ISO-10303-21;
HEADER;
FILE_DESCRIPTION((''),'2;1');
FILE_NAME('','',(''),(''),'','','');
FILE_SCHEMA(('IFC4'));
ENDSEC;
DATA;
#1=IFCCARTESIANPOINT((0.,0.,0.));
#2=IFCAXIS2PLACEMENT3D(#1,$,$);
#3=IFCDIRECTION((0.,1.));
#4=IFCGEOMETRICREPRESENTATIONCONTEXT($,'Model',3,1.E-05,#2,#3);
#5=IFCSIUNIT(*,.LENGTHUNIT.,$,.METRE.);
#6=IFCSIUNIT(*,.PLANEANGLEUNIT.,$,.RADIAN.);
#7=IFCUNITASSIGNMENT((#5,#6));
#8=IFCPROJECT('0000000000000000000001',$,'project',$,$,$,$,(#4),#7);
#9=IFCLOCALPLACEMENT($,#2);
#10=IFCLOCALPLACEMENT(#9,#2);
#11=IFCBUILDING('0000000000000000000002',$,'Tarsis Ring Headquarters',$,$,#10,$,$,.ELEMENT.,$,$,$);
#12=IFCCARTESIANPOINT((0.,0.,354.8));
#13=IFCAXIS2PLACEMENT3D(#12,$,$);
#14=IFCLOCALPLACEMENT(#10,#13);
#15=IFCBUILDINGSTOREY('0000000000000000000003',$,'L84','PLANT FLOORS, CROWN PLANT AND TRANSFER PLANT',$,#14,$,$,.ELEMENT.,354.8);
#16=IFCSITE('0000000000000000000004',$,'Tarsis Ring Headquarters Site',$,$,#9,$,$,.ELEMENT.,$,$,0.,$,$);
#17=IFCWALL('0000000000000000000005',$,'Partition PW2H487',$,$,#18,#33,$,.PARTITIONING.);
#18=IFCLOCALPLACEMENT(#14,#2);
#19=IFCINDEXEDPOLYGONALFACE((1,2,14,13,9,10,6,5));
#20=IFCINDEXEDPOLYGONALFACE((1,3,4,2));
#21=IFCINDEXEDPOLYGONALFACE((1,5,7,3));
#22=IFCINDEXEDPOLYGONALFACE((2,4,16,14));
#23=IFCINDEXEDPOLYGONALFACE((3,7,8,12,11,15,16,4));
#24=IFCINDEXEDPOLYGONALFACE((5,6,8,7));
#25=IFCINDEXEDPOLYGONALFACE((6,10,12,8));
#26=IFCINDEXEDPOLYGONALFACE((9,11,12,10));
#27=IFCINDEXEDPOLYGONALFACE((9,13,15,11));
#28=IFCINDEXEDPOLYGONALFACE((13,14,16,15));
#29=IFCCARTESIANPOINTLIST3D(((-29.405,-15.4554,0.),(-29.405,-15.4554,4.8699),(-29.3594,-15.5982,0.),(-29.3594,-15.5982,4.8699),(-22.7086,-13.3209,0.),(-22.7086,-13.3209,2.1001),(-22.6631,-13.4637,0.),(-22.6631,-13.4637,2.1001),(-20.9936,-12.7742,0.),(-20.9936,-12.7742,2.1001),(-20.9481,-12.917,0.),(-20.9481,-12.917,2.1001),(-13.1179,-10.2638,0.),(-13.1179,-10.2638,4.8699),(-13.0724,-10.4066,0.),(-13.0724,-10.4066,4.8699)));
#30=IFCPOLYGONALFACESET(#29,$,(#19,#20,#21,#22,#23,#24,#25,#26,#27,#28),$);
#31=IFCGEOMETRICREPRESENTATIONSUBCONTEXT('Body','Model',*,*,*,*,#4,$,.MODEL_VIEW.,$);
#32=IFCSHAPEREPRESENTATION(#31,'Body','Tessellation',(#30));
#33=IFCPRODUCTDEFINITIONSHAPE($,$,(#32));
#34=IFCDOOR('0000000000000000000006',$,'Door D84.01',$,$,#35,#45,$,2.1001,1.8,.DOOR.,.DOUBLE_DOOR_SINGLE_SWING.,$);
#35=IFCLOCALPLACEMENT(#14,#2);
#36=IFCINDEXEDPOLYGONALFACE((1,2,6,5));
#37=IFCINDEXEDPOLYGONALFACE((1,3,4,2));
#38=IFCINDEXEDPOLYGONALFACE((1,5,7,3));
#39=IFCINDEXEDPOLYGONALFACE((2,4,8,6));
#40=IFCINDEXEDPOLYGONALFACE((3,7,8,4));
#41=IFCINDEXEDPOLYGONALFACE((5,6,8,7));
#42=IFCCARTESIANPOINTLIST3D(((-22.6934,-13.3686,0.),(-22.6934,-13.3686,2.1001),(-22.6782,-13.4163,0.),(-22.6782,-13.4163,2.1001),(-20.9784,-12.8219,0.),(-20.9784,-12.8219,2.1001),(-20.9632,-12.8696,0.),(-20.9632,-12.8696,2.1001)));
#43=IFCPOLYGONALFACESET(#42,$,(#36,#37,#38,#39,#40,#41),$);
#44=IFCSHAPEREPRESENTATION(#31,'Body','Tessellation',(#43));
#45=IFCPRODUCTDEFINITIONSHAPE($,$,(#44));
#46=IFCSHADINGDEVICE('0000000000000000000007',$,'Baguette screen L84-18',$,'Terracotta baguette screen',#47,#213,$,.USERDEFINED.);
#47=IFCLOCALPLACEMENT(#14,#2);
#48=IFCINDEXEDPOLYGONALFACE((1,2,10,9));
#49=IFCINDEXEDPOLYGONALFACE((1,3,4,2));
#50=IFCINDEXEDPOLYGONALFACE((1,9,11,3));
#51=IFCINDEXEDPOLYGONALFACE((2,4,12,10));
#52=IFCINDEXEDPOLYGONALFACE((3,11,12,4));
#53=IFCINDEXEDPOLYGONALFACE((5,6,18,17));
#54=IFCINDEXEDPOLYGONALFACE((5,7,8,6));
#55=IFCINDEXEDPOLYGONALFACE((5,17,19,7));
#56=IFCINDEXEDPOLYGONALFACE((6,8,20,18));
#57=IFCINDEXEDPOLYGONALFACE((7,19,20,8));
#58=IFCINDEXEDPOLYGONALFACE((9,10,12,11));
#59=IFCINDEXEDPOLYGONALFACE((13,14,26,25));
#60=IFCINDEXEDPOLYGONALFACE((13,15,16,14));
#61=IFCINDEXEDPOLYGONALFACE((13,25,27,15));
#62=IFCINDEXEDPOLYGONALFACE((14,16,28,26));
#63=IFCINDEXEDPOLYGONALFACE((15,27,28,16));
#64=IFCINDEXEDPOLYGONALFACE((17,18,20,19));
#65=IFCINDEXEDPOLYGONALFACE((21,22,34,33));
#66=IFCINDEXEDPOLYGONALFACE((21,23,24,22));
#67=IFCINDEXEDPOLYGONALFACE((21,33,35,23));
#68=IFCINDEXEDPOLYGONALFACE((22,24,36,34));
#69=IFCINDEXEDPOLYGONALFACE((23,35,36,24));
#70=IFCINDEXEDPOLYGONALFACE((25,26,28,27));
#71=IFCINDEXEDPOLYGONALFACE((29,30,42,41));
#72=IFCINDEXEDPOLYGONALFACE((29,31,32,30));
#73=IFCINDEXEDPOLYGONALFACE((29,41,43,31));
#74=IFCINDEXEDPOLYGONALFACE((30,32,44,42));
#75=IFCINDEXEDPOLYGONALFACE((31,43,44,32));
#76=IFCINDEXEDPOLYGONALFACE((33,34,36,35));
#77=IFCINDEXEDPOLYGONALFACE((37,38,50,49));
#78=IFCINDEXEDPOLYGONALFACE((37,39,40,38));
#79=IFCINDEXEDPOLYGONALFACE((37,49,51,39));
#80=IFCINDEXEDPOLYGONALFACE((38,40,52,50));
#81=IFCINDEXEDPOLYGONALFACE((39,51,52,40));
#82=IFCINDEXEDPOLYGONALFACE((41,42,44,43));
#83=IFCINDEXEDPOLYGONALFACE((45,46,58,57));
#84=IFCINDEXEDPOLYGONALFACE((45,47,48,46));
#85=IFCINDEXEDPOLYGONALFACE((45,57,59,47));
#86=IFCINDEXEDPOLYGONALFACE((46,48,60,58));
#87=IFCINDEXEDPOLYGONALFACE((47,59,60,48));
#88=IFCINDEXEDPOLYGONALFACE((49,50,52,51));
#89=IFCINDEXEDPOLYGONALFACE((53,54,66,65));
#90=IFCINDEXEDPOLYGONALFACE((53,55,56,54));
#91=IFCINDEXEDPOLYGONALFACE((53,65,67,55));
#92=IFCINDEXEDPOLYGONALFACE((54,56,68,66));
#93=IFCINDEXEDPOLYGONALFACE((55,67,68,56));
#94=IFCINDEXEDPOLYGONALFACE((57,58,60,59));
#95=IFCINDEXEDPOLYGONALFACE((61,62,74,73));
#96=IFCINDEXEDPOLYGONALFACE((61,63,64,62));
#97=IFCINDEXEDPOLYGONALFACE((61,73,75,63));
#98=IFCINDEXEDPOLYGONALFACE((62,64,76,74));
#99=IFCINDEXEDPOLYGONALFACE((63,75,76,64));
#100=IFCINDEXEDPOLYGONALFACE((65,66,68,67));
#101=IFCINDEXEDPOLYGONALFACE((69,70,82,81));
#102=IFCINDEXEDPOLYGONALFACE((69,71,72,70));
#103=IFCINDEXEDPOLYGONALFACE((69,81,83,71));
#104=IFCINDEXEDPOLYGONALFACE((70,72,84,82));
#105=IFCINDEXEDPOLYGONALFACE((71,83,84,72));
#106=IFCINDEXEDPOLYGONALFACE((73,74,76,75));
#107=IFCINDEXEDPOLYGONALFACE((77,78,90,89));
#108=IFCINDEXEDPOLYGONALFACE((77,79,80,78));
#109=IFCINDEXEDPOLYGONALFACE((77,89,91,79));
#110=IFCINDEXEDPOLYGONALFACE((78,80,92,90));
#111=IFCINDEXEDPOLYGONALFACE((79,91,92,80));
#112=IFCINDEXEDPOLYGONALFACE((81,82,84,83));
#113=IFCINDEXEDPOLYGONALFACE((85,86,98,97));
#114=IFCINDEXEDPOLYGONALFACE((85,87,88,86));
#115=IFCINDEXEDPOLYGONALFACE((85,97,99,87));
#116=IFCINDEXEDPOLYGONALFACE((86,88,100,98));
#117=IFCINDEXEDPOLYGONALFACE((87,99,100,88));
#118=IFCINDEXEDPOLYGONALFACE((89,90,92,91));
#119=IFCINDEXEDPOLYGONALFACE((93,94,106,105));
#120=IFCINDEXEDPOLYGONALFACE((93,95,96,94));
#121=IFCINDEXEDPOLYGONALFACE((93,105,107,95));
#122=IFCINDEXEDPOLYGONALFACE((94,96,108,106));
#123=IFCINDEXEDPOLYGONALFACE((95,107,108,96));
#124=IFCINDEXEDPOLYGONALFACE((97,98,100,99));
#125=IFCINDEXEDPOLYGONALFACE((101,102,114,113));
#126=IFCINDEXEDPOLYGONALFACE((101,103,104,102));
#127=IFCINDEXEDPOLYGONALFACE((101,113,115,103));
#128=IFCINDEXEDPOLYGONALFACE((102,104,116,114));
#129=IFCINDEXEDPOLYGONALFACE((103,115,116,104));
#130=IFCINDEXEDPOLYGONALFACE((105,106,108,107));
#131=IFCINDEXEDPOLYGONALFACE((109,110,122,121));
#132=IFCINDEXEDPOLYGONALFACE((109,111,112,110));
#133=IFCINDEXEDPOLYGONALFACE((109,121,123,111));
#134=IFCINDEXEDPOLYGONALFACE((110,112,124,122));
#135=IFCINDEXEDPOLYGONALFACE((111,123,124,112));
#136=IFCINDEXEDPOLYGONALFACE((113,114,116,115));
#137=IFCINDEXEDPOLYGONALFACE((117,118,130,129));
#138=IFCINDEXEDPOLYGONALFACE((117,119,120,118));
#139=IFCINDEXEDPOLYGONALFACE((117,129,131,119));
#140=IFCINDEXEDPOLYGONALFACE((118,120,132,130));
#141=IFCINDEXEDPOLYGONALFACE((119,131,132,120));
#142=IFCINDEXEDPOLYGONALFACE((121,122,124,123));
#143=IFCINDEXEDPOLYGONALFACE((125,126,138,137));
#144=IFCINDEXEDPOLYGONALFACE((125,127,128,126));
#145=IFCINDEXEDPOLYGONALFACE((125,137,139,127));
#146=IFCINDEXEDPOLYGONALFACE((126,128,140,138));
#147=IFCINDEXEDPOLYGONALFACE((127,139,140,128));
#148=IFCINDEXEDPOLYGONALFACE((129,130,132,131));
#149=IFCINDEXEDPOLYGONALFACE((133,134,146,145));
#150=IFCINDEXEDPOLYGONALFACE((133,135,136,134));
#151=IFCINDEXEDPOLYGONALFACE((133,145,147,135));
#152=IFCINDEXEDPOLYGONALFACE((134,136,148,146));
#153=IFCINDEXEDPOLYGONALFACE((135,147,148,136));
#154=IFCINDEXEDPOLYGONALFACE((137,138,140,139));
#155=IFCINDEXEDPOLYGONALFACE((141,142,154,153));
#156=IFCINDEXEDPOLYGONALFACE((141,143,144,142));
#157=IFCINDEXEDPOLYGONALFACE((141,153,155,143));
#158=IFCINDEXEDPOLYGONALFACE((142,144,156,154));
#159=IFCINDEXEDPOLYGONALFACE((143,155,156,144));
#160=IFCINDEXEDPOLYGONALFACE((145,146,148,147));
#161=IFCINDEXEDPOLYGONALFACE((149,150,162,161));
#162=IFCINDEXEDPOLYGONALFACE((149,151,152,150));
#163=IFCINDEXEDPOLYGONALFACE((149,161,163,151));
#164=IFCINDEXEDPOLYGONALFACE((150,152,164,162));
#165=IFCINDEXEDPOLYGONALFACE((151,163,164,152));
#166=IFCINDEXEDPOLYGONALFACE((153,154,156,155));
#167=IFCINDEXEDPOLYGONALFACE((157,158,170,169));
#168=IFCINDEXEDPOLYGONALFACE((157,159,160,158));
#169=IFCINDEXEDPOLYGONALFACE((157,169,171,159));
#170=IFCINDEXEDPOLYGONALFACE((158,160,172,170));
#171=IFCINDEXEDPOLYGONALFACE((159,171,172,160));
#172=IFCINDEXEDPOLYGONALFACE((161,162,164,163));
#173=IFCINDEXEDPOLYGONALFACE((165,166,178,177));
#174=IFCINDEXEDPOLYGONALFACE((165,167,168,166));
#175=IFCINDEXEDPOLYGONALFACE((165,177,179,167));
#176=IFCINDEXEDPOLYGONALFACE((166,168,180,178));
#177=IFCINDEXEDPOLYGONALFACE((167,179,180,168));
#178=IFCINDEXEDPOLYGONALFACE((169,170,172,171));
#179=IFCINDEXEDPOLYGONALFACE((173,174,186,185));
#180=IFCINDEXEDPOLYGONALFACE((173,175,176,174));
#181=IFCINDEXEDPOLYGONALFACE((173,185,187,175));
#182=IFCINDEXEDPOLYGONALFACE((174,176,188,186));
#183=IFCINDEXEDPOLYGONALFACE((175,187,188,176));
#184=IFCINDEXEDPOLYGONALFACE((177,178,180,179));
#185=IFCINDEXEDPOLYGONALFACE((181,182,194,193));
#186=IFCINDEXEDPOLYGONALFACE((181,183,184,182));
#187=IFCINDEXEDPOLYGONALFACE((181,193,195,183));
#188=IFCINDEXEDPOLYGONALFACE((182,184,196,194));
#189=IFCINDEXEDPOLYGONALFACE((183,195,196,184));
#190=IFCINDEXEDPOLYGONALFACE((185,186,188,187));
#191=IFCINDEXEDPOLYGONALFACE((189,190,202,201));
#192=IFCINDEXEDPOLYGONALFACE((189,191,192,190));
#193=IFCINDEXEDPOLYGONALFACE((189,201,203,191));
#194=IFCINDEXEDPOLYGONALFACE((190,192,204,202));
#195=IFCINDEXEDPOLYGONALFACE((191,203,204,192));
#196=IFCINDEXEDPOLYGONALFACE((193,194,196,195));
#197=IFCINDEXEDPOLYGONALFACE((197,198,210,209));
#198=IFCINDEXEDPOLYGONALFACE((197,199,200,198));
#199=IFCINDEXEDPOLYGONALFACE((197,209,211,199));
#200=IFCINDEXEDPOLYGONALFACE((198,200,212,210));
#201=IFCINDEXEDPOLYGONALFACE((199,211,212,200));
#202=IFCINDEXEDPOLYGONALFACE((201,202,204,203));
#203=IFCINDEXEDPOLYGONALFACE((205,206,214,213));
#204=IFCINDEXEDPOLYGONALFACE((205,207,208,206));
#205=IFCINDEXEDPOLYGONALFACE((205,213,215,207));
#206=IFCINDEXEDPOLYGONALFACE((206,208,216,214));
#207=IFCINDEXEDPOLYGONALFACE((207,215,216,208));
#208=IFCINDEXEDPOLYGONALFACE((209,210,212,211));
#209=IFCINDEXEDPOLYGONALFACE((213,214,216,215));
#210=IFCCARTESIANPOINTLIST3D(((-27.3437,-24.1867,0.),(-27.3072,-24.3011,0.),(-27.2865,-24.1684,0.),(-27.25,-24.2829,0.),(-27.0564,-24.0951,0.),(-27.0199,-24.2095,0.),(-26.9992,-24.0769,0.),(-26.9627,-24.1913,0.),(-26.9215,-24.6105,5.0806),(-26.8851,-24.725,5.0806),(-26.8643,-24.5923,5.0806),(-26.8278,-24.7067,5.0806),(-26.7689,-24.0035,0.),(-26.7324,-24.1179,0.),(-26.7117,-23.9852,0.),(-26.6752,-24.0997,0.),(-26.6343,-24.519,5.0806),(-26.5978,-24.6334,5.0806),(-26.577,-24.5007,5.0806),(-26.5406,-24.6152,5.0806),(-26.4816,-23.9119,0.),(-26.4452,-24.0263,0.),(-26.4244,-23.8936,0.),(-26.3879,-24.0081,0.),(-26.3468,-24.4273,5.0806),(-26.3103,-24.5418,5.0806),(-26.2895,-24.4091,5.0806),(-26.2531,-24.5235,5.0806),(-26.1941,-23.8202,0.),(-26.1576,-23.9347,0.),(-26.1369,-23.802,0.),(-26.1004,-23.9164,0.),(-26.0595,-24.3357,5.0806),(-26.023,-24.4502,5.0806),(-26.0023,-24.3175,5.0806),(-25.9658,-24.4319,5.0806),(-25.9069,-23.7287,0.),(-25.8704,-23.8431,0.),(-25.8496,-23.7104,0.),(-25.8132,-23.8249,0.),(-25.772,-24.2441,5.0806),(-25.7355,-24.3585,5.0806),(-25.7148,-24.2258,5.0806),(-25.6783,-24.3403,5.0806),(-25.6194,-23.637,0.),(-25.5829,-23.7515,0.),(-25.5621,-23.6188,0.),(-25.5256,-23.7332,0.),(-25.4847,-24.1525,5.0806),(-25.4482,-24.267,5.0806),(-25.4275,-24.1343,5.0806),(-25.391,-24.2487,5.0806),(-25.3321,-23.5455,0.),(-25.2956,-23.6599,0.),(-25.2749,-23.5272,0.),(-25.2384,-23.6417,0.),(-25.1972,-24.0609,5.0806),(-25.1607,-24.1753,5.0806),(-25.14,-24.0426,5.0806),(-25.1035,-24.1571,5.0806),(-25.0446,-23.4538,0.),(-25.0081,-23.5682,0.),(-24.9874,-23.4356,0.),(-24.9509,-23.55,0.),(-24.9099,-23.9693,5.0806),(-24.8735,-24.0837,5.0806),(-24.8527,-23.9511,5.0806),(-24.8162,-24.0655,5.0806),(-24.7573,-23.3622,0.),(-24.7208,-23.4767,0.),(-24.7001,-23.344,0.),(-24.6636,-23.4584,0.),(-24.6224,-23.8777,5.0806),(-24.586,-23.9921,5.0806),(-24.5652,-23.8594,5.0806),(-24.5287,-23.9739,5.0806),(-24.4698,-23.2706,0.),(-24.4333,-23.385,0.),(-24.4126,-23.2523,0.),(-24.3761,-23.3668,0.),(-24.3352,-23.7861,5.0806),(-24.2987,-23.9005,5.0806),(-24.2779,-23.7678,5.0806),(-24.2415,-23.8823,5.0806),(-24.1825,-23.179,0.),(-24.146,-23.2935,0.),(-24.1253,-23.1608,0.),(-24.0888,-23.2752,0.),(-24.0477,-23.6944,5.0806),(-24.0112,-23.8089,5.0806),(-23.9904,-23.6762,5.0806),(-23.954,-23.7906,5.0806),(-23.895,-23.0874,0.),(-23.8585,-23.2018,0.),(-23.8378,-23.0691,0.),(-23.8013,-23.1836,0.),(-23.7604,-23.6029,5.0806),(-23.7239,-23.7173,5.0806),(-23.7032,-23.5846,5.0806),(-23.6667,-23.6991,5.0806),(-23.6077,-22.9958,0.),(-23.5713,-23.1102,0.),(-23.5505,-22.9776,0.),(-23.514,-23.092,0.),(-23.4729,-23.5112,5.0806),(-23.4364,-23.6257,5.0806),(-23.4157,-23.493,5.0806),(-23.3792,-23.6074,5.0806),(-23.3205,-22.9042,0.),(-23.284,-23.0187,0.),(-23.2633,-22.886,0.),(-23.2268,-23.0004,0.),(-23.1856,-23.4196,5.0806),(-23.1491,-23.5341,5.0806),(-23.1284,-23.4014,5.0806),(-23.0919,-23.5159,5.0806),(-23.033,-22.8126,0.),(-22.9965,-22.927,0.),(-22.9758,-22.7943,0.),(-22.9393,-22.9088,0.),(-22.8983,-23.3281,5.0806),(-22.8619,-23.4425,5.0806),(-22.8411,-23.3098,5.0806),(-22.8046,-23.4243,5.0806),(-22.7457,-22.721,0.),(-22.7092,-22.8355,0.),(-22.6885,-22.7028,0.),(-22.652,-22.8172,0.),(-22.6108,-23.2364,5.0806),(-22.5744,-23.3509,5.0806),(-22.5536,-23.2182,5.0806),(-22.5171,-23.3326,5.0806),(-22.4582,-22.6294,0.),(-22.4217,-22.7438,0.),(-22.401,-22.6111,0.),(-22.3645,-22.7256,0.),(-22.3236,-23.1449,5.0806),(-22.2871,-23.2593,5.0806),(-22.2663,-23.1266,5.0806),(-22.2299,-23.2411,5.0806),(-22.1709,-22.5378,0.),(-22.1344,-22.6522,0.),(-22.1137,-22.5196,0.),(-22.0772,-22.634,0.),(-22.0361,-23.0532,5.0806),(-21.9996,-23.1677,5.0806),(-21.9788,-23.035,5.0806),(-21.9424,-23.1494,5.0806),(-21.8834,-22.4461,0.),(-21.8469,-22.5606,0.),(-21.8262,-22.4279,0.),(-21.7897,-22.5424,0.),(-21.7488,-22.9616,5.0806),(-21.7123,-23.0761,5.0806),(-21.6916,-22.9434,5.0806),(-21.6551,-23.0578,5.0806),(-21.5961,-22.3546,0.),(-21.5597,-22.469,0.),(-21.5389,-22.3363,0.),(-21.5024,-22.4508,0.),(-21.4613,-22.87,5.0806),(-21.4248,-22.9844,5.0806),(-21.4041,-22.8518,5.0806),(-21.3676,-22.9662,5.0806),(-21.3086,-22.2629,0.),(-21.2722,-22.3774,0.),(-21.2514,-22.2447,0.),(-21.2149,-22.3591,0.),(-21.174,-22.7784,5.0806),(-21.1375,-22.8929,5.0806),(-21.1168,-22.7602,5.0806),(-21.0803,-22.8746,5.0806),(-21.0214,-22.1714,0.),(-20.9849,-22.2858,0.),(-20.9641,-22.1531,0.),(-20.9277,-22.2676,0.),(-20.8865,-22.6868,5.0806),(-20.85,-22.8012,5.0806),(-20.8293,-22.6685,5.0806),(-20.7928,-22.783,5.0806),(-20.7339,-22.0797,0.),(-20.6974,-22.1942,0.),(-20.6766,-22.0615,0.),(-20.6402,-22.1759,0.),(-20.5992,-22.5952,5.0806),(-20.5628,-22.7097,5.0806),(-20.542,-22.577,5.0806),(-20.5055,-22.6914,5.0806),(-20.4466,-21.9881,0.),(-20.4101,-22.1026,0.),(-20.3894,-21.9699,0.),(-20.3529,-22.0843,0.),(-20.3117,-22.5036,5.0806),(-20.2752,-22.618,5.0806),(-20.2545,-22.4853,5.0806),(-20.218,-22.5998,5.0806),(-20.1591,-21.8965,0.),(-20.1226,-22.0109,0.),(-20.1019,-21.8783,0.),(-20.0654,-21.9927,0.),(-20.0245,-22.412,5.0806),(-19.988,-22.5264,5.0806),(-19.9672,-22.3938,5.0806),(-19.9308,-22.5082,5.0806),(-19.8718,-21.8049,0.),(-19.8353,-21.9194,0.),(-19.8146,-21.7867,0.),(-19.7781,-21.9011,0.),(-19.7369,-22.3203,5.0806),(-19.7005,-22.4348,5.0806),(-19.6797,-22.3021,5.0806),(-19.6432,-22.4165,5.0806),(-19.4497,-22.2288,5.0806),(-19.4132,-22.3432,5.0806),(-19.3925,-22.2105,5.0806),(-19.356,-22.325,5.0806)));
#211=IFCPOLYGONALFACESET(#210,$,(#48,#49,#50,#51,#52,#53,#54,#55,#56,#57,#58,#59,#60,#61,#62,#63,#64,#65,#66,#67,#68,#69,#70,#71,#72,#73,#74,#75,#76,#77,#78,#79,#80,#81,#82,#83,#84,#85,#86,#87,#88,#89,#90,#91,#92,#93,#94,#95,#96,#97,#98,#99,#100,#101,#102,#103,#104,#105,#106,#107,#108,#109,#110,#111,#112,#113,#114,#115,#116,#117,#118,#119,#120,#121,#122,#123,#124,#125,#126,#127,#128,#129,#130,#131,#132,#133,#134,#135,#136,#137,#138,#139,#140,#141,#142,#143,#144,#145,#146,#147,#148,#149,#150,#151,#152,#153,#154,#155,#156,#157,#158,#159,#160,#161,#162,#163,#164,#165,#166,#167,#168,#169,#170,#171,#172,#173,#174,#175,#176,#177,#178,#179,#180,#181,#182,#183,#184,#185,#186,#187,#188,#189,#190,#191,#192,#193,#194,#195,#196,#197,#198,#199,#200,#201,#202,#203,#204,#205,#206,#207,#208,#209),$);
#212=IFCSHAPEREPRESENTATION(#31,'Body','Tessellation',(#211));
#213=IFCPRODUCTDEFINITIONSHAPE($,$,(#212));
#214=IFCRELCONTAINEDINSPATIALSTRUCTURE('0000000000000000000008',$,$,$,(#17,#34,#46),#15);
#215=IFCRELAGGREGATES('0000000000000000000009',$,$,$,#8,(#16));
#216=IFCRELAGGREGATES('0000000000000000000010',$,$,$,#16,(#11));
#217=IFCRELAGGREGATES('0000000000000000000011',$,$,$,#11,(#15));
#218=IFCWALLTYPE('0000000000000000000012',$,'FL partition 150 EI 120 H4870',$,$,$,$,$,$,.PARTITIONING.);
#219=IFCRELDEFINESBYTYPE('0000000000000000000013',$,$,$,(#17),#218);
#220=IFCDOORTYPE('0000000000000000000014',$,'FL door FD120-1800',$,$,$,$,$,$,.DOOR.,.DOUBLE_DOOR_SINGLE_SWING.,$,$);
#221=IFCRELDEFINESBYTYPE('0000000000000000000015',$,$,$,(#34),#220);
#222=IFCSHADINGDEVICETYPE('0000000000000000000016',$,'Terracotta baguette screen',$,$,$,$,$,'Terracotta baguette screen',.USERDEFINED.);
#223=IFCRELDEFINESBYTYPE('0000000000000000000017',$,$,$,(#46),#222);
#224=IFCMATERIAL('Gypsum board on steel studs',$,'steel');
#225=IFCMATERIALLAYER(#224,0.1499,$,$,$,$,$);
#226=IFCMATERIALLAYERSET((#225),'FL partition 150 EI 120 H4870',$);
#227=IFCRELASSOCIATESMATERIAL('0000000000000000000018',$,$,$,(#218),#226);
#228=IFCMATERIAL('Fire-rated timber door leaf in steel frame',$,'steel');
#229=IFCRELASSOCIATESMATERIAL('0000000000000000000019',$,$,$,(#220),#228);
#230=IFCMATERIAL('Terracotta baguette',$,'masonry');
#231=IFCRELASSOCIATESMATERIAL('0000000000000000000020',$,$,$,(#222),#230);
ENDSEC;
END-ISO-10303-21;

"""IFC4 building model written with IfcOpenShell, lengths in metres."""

from ifc_helpers import new_model, si_unit, direction, frame, frame_2d, origin, place, context, subcontext, project, spatial, rectangle, composite_profile, extrude, material, layer, layer_set, type_object, element, fill, save


model = new_model("IFC4")

# Units and contexts
model_context = context("Model", 3, precision=1e-05, world=origin(), true_north=direction((0.0, 1.0)))
body_context = subcontext(model_context, "Body", "Model", "MODEL_VIEW")
ifc_project = project(units=[si_unit("LENGTHUNIT", "METRE"), si_unit("PLANEANGLEUNIT", "RADIAN")], contexts=[model_context])

# Site, building, storey
site_placement = place(None, origin())
site = spatial("IfcSite", under=ifc_project, at=site_placement, Name="Tarsis Ring Headquarters Site", CompositionType="ELEMENT", RefElevation=0.0)
building_placement = place(site_placement, origin())
building = spatial("IfcBuilding", under=site, at=building_placement, Name="Tarsis Ring Headquarters", CompositionType="ELEMENT")
storey_placement = place(building_placement, frame((0.0, 0.0, 354.8)))
storey = spatial("IfcBuildingStorey", under=building, at=storey_placement, Name="L84", Description="PLANT FLOORS, CROWN PLANT AND TRANSFER PLANT", CompositionType="ELEMENT", Elevation=354.8)

# Shared definitions
ifc_material_1 = material(Name="Gypsum board on steel studs", Category="steel")
ifc_layer = layer(ifc_material_1, 0.1499)
ifc_layer_set = layer_set([ifc_layer], Name="FL partition 150 EI 120 H4870")
wall_type = type_object("IfcWallType", Name="FL partition 150 EI 120 H4870", PredefinedType="PARTITIONING", material=ifc_layer_set)

# Wall, opening, door
wall_1_placement = place(storey_placement, frame((-29.3823, -15.5269, 0.0), z_axis=(0.0, 0.0, 1.0), x_axis=(0.952767, 0.303702, 0.0)))
wall_1 = element("IfcWall", 1, at=wall_1_placement, inside=storey, type_object=wall_type, Name="Partition PW2H487", PredefinedType="PARTITIONING", context=body_context, shape_type="SweptSolid", body=[
    extrude(rectangle(XDim=17.0945, YDim=0.1499, at=frame_2d((8.5474, 0.0))), origin(), (0.0, 0.0, 1.0), 4.8699),
])
opening_placement = place(wall_1_placement, frame((7.0286, 0.0, 0.0)))
opening = element("IfcOpeningElement", 2, at=opening_placement, cuts=wall_1, PredefinedType="OPENING", context=body_context, shape_type="SweptSolid", body=[
    extrude(rectangle(XDim=1.8, YDim=2.1001, at=frame_2d((0.8999, 1.05))), frame((0.0, 0.085, 0.0), z_axis=(0.0, -1.0, 0.0), x_axis=(1.0, 0.0, 0.0)), (0.0, 0.0, 1.0), 0.1699),
])
ifc_material_2 = material(Name="Fire-rated timber door leaf in steel frame", Category="steel")
door_type = type_object("IfcDoorType", Name="FL door FD120-1800", OperationType="DOUBLE_DOOR_SINGLE_SWING", PredefinedType="DOOR", material=ifc_material_2)
door_placement = place(opening_placement, origin())
door = element("IfcDoor", 3, at=door_placement, inside=storey, type_object=door_type, Name="Door D84.01", OperationType="DOUBLE_DOOR_SINGLE_SWING", OverallHeight=2.1001, OverallWidth=1.8, PredefinedType="DOOR", context=body_context, shape_type="SweptSolid", body=[
    extrude(rectangle(XDim=1.8, YDim=2.1001, at=frame_2d((0.8999, 1.05))), frame((0.0, 0.0249, 0.0), z_axis=(0.0, -1.0, 0.0), x_axis=(1.0, 0.0, 0.0)), (0.0, 0.0, 1.0), 0.05),
])
fill(opening, door)

# Shading device
ifc_material_3 = material(Name="Terracotta baguette", Category="masonry")
shading_device_type_1 = type_object("IfcShadingDeviceType", Name="Terracotta baguette screen", ElementType="Terracotta baguette screen", PredefinedType="USERDEFINED", material=ifc_material_3)
shading_device_1_placement = place(storey_placement, frame((-27.3254, -24.2439, 0.0), z_axis=(0.0, 0.0, 1.0), x_axis=(0.952761, 0.303704, 0.0)))
element("IfcShadingDevice", 4, at=shading_device_1_placement, inside=storey, type_object=shading_device_type_1, Name="Baguette screen L84-18", ObjectType="Terracotta baguette screen", PredefinedType="USERDEFINED", context=body_context, shape_type="SweptSolid", body=[
    extrude(composite_profile([rectangle(XDim=0.0601, YDim=0.1201, at=frame_2d((0.03, 0.0))), rectangle(XDim=0.0601, YDim=0.1201, at=frame_2d((0.3315, 0.0))), rectangle(XDim=0.0601, YDim=0.1201, at=frame_2d((0.6333, 0.0))), rectangle(XDim=0.0601, YDim=0.1201, at=frame_2d((0.9348, 0.0))), rectangle(XDim=0.0601, YDim=0.1201, at=frame_2d((1.2366, 0.0))), rectangle(XDim=0.0601, YDim=0.1201, at=frame_2d((1.5381, 0.0))), rectangle(XDim=0.0601, YDim=0.1201, at=frame_2d((1.8398, 0.0))), rectangle(XDim=0.0601, YDim=0.1201, at=frame_2d((2.1414, 0.0))), rectangle(XDim=0.0601, YDim=0.1201, at=frame_2d((2.4431, 0.0))), rectangle(XDim=0.0601, YDim=0.1201, at=frame_2d((2.7446, 0.0))), rectangle(XDim=0.0601, YDim=0.1201, at=frame_2d((3.0464, 0.0))), rectangle(XDim=0.0601, YDim=0.1201, at=frame_2d((3.3479, 0.0))), rectangle(XDim=0.0601, YDim=0.1201, at=frame_2d((3.6497, 0.0))), rectangle(XDim=0.0601, YDim=0.1201, at=frame_2d((3.9512, 0.0))), rectangle(XDim=0.0601, YDim=0.1201, at=frame_2d((4.2527, 0.0))), rectangle(XDim=0.0601, YDim=0.1201, at=frame_2d((4.5544, 0.0))), rectangle(XDim=0.0601, YDim=0.1201, at=frame_2d((4.856, 0.0))), rectangle(XDim=0.0601, YDim=0.1201, at=frame_2d((5.1577, 0.0))), rectangle(XDim=0.0601, YDim=0.1201, at=frame_2d((5.4592, 0.0))), rectangle(XDim=0.0601, YDim=0.1201, at=frame_2d((5.761, 0.0))), rectangle(XDim=0.0601, YDim=0.1201, at=frame_2d((6.0625, 0.0))), rectangle(XDim=0.0601, YDim=0.1201, at=frame_2d((6.3643, 0.0))), rectangle(XDim=0.0601, YDim=0.1201, at=frame_2d((6.6658, 0.0))), rectangle(XDim=0.0601, YDim=0.1201, at=frame_2d((6.9675, 0.0))), rectangle(XDim=0.0601, YDim=0.1201, at=frame_2d((7.269, 0.0))), rectangle(XDim=0.0601, YDim=0.1201, at=frame_2d((7.5708, 0.0))), rectangle(XDim=0.0601, YDim=0.1201, at=frame_2d((7.8723, 0.0)))]), origin(), (0.053458, -0.104, 0.99314), 5.1157),
])

save(model, "model.ifc")
